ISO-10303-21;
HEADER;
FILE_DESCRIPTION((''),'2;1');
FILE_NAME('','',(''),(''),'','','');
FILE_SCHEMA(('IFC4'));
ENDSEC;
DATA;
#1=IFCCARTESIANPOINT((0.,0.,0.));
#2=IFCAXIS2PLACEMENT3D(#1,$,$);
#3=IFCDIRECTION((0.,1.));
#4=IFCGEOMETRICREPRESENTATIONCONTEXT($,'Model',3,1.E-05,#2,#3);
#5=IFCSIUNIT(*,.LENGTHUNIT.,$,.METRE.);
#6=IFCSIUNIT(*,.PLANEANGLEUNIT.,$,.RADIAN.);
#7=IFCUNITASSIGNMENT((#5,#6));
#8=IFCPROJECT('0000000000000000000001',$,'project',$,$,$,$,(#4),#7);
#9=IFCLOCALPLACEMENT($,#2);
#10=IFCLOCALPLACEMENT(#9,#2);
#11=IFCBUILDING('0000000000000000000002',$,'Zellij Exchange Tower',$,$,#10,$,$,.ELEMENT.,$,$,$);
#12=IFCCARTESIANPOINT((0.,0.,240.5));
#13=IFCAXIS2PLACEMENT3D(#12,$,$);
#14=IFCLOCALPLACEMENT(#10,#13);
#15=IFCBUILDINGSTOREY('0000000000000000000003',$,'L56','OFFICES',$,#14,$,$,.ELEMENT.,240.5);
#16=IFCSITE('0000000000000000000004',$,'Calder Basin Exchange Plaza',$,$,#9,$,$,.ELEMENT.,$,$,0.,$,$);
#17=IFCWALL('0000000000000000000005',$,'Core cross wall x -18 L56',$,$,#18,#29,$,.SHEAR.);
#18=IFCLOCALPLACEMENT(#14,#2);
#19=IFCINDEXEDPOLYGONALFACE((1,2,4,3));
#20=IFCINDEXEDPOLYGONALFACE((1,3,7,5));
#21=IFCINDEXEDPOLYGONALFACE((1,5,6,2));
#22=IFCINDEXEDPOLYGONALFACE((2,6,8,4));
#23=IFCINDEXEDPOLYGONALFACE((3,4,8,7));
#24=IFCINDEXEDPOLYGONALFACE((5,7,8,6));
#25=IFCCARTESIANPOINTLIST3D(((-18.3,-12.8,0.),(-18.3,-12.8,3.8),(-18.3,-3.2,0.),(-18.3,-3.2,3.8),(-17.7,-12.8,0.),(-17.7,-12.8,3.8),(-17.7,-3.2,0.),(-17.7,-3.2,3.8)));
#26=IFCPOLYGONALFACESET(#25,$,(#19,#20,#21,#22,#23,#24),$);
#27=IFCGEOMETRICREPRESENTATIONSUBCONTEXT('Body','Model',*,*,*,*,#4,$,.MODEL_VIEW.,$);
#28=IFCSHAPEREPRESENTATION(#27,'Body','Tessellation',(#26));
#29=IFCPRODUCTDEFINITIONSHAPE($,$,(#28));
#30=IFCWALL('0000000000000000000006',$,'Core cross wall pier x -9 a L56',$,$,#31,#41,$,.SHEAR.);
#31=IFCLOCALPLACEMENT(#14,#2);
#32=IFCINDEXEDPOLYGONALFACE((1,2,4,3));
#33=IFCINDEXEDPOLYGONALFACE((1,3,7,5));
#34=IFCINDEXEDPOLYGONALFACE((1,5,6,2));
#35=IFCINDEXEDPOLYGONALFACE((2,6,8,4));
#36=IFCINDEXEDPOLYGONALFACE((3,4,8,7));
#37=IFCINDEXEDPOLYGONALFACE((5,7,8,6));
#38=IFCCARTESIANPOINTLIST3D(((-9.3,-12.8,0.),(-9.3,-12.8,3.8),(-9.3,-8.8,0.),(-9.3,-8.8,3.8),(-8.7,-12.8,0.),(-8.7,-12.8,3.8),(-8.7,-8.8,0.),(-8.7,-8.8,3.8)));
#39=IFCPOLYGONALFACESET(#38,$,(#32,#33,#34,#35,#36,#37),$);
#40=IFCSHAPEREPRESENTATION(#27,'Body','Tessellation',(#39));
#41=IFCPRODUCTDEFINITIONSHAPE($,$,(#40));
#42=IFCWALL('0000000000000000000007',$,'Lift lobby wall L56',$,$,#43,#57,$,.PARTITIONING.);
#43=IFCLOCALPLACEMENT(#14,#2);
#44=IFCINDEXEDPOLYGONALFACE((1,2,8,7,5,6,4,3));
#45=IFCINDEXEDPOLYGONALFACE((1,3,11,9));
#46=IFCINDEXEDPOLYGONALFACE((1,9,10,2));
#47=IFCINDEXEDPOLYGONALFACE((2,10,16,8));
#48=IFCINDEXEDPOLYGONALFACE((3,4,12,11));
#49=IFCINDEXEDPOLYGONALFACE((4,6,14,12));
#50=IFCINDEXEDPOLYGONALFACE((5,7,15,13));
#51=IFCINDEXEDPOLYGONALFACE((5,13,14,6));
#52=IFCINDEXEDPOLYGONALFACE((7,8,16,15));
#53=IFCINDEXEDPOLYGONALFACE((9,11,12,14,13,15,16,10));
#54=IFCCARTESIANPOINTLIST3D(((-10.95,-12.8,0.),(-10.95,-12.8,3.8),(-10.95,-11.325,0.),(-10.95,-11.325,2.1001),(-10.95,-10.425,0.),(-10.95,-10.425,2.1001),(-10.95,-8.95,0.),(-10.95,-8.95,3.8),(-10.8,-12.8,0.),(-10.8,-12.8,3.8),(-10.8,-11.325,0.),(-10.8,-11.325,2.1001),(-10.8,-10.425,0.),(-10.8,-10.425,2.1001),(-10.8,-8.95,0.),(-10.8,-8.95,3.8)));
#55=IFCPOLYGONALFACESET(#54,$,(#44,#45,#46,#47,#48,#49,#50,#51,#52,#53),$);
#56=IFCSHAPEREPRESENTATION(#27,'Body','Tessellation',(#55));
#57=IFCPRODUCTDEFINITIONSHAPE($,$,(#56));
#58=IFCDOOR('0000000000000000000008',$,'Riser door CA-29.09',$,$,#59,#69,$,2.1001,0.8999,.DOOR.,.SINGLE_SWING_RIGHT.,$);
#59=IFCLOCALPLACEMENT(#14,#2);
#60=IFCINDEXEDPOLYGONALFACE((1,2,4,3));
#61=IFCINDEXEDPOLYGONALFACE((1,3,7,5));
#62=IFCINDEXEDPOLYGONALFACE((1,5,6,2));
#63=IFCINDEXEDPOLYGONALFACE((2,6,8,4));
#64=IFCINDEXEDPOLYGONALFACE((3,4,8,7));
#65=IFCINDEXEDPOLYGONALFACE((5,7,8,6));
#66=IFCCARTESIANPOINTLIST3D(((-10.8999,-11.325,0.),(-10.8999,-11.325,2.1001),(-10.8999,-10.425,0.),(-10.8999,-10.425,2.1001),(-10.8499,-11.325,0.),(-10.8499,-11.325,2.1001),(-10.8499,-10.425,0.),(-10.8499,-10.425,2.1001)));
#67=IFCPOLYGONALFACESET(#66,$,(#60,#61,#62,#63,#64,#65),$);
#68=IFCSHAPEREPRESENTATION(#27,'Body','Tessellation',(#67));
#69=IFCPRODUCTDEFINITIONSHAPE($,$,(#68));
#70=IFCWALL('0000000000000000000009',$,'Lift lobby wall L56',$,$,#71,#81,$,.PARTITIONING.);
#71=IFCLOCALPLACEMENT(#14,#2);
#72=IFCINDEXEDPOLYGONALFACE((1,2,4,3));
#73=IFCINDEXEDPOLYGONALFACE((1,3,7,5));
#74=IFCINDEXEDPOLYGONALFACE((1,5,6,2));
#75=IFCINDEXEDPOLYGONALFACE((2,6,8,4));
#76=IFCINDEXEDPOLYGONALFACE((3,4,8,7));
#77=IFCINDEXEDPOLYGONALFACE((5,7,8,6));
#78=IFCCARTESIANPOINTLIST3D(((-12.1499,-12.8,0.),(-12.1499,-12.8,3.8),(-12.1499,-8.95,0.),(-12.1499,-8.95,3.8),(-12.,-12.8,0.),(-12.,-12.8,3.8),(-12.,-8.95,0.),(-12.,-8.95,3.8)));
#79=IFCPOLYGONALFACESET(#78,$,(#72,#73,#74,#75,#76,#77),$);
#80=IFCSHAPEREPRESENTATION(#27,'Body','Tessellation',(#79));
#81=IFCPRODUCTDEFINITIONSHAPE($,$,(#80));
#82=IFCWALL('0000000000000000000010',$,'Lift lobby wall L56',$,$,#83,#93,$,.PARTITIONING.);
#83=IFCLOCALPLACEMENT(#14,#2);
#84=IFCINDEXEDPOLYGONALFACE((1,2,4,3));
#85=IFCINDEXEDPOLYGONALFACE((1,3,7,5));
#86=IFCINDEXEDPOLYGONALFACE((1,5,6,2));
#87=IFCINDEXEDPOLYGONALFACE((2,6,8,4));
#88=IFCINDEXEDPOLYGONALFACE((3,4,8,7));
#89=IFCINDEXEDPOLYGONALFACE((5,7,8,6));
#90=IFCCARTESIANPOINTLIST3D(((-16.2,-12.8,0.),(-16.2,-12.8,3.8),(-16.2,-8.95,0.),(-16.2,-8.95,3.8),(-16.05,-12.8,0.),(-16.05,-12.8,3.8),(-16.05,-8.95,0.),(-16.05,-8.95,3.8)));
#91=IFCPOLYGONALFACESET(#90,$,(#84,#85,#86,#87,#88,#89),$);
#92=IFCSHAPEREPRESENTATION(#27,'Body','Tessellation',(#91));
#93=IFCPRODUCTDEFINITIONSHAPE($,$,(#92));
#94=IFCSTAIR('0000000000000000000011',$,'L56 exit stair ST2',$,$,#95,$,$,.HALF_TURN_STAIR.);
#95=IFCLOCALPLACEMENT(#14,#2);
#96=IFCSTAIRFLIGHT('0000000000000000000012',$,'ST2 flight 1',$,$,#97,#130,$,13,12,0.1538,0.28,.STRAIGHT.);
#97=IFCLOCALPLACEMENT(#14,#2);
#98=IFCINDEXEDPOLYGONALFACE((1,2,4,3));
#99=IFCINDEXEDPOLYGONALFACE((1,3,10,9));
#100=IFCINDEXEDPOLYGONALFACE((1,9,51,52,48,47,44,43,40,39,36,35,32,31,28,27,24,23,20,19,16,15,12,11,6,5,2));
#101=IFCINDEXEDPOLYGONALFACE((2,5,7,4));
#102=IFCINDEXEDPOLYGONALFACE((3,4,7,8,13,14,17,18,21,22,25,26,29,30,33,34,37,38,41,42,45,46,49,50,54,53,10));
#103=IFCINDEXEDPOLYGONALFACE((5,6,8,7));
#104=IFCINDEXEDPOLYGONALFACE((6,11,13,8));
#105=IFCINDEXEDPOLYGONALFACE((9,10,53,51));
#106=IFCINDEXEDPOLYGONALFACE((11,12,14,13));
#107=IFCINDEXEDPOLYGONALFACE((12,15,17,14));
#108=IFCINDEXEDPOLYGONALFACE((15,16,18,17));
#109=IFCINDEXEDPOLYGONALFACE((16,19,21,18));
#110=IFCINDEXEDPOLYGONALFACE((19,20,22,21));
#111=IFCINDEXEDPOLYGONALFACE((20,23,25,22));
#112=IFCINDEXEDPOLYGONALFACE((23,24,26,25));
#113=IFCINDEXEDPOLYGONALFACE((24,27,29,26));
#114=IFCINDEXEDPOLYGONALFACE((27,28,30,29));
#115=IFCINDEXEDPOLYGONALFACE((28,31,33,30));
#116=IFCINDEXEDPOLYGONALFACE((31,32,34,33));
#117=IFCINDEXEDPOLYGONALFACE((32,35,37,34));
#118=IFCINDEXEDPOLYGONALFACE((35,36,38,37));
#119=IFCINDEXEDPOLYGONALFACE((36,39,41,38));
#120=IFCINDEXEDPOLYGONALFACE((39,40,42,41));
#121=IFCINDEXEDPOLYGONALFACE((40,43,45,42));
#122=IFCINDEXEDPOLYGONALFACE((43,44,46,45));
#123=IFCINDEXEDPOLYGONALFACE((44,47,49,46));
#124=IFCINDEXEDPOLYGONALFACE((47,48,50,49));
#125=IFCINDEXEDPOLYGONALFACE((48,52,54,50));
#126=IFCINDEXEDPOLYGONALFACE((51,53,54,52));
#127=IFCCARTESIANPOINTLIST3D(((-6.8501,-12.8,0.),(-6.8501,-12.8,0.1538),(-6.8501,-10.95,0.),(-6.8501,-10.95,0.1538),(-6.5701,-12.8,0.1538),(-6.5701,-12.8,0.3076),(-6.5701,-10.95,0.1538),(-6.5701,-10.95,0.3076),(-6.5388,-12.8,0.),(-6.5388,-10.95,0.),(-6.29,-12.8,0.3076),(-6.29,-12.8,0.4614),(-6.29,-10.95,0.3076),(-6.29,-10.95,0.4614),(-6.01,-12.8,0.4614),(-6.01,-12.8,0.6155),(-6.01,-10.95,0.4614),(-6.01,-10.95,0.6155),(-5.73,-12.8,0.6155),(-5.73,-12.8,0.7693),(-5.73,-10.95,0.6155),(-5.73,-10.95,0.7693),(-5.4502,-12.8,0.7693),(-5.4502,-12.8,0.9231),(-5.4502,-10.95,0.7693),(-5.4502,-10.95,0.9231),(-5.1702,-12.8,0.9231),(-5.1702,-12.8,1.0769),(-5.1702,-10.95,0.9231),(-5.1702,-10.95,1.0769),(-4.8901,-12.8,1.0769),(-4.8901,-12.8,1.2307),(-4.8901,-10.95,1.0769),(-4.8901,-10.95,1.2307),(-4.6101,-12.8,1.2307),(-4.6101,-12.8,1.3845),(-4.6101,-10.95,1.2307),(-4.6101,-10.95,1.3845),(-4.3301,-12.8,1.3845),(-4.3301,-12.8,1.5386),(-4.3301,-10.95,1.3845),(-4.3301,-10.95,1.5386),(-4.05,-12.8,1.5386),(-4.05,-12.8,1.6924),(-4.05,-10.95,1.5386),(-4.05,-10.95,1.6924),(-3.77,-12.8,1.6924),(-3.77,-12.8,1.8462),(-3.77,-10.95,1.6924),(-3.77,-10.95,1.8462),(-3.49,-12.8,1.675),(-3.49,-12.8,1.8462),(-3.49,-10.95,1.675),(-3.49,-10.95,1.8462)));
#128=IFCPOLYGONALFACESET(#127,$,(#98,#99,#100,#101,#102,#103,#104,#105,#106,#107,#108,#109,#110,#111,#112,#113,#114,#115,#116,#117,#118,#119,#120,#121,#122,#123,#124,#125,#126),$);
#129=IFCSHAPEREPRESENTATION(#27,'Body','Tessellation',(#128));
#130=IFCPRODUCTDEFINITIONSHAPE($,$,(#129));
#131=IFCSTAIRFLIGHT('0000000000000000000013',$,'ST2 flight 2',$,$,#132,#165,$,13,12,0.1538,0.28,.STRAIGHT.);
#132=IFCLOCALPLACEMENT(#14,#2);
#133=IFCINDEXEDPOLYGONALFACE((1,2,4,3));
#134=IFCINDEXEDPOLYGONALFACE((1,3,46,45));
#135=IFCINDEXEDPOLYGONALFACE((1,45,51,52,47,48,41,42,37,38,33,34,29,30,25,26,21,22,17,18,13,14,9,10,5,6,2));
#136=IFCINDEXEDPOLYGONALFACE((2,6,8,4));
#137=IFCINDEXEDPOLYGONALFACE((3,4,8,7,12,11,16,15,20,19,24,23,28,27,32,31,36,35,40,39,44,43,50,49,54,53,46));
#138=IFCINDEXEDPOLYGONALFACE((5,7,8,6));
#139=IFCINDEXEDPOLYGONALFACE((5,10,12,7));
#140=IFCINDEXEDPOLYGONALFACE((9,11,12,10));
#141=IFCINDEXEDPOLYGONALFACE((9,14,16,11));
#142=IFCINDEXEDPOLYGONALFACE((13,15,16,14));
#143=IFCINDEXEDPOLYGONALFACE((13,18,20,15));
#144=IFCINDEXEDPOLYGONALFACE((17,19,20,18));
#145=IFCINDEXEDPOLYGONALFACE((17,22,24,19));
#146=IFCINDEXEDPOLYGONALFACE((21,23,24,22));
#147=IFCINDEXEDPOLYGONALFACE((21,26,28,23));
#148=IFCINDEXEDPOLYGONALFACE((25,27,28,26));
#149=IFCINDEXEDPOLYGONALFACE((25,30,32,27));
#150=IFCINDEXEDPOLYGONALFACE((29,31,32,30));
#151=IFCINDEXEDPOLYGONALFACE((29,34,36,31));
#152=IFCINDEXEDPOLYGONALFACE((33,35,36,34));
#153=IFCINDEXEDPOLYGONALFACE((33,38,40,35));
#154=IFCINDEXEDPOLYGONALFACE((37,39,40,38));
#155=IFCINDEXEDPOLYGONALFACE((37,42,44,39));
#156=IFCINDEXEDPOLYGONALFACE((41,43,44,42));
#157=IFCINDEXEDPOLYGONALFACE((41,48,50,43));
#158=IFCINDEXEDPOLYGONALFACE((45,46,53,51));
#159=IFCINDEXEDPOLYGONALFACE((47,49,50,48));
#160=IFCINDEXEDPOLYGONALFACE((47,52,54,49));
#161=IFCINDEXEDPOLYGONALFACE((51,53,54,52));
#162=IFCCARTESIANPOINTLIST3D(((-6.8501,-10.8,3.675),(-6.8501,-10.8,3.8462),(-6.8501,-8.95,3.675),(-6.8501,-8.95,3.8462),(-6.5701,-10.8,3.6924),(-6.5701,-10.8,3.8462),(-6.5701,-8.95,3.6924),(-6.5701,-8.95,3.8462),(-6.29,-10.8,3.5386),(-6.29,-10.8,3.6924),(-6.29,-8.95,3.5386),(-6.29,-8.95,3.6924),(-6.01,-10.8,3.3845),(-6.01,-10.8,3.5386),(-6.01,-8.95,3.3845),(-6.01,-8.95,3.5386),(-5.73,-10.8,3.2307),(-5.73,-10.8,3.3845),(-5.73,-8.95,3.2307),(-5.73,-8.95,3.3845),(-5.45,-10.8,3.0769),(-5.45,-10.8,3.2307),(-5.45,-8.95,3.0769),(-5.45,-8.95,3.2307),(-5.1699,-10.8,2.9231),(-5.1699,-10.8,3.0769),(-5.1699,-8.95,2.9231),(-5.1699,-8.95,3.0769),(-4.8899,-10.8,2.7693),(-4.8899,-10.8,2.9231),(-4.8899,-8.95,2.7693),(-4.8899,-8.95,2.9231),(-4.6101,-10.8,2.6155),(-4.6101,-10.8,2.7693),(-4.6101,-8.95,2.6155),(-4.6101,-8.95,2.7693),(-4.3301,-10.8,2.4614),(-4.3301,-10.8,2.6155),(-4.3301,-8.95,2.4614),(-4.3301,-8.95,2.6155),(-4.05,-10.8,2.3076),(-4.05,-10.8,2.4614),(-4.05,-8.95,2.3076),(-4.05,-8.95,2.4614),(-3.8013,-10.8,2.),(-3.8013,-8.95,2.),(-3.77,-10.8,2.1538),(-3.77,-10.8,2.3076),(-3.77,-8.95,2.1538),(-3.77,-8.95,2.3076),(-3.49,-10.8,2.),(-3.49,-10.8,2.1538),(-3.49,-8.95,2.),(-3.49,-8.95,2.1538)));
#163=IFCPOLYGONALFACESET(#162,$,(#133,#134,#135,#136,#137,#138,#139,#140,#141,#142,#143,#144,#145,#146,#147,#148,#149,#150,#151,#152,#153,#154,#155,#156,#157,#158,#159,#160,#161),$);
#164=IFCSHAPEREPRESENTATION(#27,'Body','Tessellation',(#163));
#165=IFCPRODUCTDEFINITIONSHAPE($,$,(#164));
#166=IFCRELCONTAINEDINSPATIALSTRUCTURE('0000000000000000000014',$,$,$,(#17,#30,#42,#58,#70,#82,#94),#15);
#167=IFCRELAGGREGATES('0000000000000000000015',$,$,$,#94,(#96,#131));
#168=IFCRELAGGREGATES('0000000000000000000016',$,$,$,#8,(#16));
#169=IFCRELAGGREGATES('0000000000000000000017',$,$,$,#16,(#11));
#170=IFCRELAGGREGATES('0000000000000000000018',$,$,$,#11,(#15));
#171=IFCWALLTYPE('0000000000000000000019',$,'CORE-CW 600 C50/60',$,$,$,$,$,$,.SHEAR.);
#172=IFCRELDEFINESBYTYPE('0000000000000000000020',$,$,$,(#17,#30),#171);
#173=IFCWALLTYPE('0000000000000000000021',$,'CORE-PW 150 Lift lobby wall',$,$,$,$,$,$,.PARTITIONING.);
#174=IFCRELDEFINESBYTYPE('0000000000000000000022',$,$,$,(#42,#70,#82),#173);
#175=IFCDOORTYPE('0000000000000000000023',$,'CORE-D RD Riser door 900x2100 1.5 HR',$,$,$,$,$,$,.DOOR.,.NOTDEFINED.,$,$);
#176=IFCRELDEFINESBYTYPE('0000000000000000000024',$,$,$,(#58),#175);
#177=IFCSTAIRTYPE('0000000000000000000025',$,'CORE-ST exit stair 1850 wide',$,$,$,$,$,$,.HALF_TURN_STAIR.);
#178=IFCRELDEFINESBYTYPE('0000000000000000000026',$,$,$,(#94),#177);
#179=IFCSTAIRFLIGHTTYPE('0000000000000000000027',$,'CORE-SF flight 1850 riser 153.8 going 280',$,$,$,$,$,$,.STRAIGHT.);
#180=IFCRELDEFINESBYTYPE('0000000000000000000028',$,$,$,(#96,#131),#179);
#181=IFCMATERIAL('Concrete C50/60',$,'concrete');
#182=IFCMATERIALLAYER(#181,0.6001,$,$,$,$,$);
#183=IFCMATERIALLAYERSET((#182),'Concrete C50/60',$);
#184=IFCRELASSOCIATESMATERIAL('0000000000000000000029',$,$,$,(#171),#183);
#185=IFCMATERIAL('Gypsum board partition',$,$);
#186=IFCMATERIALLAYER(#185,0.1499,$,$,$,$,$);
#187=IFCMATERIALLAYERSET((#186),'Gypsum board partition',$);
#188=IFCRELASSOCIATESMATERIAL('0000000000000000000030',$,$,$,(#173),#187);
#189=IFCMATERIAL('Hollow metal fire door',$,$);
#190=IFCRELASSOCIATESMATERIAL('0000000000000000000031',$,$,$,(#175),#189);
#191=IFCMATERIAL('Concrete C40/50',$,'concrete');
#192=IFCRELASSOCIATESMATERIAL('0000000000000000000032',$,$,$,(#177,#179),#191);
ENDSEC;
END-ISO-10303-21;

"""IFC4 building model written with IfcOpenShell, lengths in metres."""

from ifc_helpers import new_model, si_unit, direction, frame, frame_2d, origin, place, context, subcontext, project, spatial, polyline, rectangle, outline, extrude, material, layer, layer_set, type_object, element, fill, aggregate, save


model = new_model("IFC4")

# Units and contexts
model_context = context("Model", 3, precision=1e-05, world=origin(), true_north=direction((0.0, 1.0)))
body_context = subcontext(model_context, "Body", "Model", "MODEL_VIEW")
ifc_project = project(units=[si_unit("LENGTHUNIT", "METRE"), si_unit("PLANEANGLEUNIT", "RADIAN")], contexts=[model_context])

# Site, building, storey
site_placement = place(None, origin())
site = spatial("IfcSite", under=ifc_project, at=site_placement, Name="Calder Basin Exchange Plaza", CompositionType="ELEMENT", RefElevation=0.0)
building_placement = place(site_placement, origin())
building = spatial("IfcBuilding", under=site, at=building_placement, Name="Zellij Exchange Tower", CompositionType="ELEMENT")
storey_placement = place(building_placement, frame((0.0, 0.0, 240.5)))
storey = spatial("IfcBuildingStorey", under=building, at=storey_placement, Name="L56", Description="OFFICES", CompositionType="ELEMENT", Elevation=240.5)

# Walls
ifc_material_1 = material(Name="Concrete C50/60", Category="concrete")
ifc_layer_1 = layer(ifc_material_1, 0.6001)
ifc_layer_set_1 = layer_set([ifc_layer_1], Name="Concrete C50/60")
wall_type_1 = type_object("IfcWallType", Name="CORE-CW 600 C50/60", PredefinedType="SHEAR", material=ifc_layer_set_1)
wall_1_placement = place(storey_placement, frame((-18.0, -12.8, 0.0), z_axis=(0.0, 0.0, 1.0), x_axis=(0.0, 1.0, 0.0)))
element("IfcWall", 1, at=wall_1_placement, inside=storey, type_object=wall_type_1, Name="Core cross wall x -18 L56", PredefinedType="SHEAR", context=body_context, shape_type="SweptSolid", body=[
    extrude(rectangle(XDim=9.6001, YDim=0.6001, at=frame_2d((4.8, 0.0))), origin(), (0.0, 0.0, 1.0), 3.8),
])
wall_2_placement = place(storey_placement, frame((-9.0, -12.8, 0.0), z_axis=(0.0, 0.0, 1.0), x_axis=(0.0, 1.0, 0.0)))
element("IfcWall", 2, at=wall_2_placement, inside=storey, type_object=wall_type_1, Name="Core cross wall pier x -9 a L56", PredefinedType="SHEAR", context=body_context, shape_type="SweptSolid", body=[
    extrude(rectangle(XDim=4.0, YDim=0.6001, at=frame_2d((2.0, 0.0))), origin(), (0.0, 0.0, 1.0), 3.8),
])

# Wall, opening, door
ifc_material_2 = material(Name="Gypsum board partition")
ifc_layer_2 = layer(ifc_material_2, 0.1499)
ifc_layer_set_2 = layer_set([ifc_layer_2], Name="Gypsum board partition")
wall_type_2 = type_object("IfcWallType", Name="CORE-PW 150 Lift lobby wall", PredefinedType="PARTITIONING", material=ifc_layer_set_2)
wall_3_placement = place(storey_placement, frame((-10.875, -12.8, 0.0), z_axis=(0.0, 0.0, 1.0), x_axis=(0.0, 1.0, 0.0)))
wall_3 = element("IfcWall", 3, at=wall_3_placement, inside=storey, type_object=wall_type_2, Name="Lift lobby wall L56", PredefinedType="PARTITIONING", context=body_context, shape_type="SweptSolid", body=[
    extrude(rectangle(XDim=3.8501, YDim=0.1499, at=frame_2d((1.925, 0.0))), origin(), (0.0, 0.0, 1.0), 3.8),
])
opening_placement = place(wall_3_placement, frame((1.4751, 0.0, 0.0)))
opening = element("IfcOpeningElement", 4, at=opening_placement, cuts=wall_3, PredefinedType="OPENING", context=body_context, shape_type="SweptSolid", body=[
    extrude(rectangle(XDim=0.8999, YDim=2.1001, at=frame_2d((0.45, 1.05))), frame((0.0, 0.0869, 0.0), z_axis=(0.0, -1.0, 0.0), x_axis=(1.0, 0.0, 0.0)), (0.0, 0.0, 1.0), 0.1738),
])
ifc_material_3 = material(Name="Hollow metal fire door")
door_type = type_object("IfcDoorType", Name="CORE-D RD Riser door 900x2100 1.5 HR", OperationType="NOTDEFINED", PredefinedType="DOOR", material=ifc_material_3)
door_placement = place(opening_placement, origin())
door = element("IfcDoor", 5, at=door_placement, inside=storey, type_object=door_type, Name="Riser door CA-29.09", OperationType="SINGLE_SWING_RIGHT", OverallHeight=2.1001, OverallWidth=0.8999, PredefinedType="DOOR", context=body_context, shape_type="SweptSolid", body=[
    extrude(rectangle(XDim=0.8999, YDim=2.1001, at=frame_2d((0.45, 1.05))), frame((0.0, 0.0249, 0.0), z_axis=(0.0, -1.0, 0.0), x_axis=(1.0, 0.0, 0.0)), (0.0, 0.0, 1.0), 0.05),
])
fill(opening, door)

# Walls
for number, where, z_axis, x_axis, name in (
    (6, (-12.075, -12.8, 0.0), (0.0, 0.0, 1.0), (0.0, 1.0, 0.0), "Lift lobby wall L56"),
    (7, (-16.125, -12.8, 0.0), (0.0, 0.0, 1.0), (0.0, 1.0, 0.0), "Lift lobby wall L56"),
):
    element("IfcWall", number, at=place(storey_placement, frame(where, z_axis=z_axis, x_axis=x_axis)), inside=storey, type_object=wall_type_2, Name=name, PredefinedType="PARTITIONING", context=body_context, shape_type="SweptSolid", body=[
        extrude(rectangle(XDim=3.8501, YDim=0.1499, at=frame_2d((1.925, 0.0))), origin(), (0.0, 0.0, 1.0), 3.8),
    ])

# Stair, stair flights
ifc_material_4 = material(Name="Concrete C40/50", Category="concrete")
stair_type = type_object("IfcStairType", Name="CORE-ST exit stair 1850 wide", PredefinedType="HALF_TURN_STAIR", material=ifc_material_4)
stair_placement = place(storey_placement, origin())
stair = element("IfcStair", 8, at=stair_placement, inside=storey, type_object=stair_type, Name="L56 exit stair ST2", PredefinedType="HALF_TURN_STAIR")
stair_flight_type = type_object("IfcStairFlightType", Name="CORE-SF flight 1850 riser 153.8 going 280", PredefinedType="STRAIGHT", material=ifc_material_4)
stair_flight_1_placement = place(storey_placement, frame((-6.8501, -11.875, 0.0), z_axis=(0.0, 0.0, 1.0), x_axis=(1.0, 0.0, 0.0)))
stair_flight_1 = element("IfcStairFlight", 9, at=stair_flight_1_placement, type_object=stair_flight_type, Name="ST2 flight 1", NumberOfRisers=13, NumberOfTreads=12, PredefinedType="STRAIGHT", RiserHeight=0.1538, TreadLength=0.28, context=body_context, shape_type="SweptSolid", body=[
    extrude(outline(polyline([(0.0, 0.0), (0.0, 0.1538), (0.28, 0.1538), (0.28, 0.3076), (0.5601, 0.3076), (0.5601, 0.4614), (0.8401, 0.4614), (0.8401, 0.6155), (1.1201, 0.6155), (1.1201, 0.7693), (1.3999, 0.7693), (1.3999, 0.9231), (1.6799, 0.9231), (1.6799, 1.0769), (1.96, 1.0769), (1.96, 1.2307), (2.24, 1.2307), (2.24, 1.3845), (2.52, 1.3845), (2.52, 1.5386), (2.8, 1.5386), (2.8, 1.6924), (3.0801, 1.6924), (3.0801, 1.8462), (3.3601, 1.8462), (3.3601, 2.0), (3.3601, 1.675), (0.3113, 0.0), (0.0, 0.0)])), frame((0.0, 0.925, 0.0), z_axis=(0.0, -1.0, 0.0), x_axis=(1.0, 0.0, 0.0)), (0.0, 0.0, 1.0), 1.8501),
])
stair_flight_2_placement = place(storey_placement, frame((-3.49, -9.875, 2.0), z_axis=(0.0, 0.0, 1.0), x_axis=(-1.0, 0.0, 0.0)))
stair_flight_2 = element("IfcStairFlight", 10, at=stair_flight_2_placement, type_object=stair_flight_type, Name="ST2 flight 2", NumberOfRisers=13, NumberOfTreads=12, PredefinedType="STRAIGHT", RiserHeight=0.1538, TreadLength=0.28, context=body_context, shape_type="SweptSolid", body=[
    extrude(outline(polyline([(0.0, 0.0), (0.0, 0.1538), (0.28, 0.1538), (0.28, 0.3076), (0.5601, 0.3076), (0.5601, 0.4614), (0.8401, 0.4614), (0.8401, 0.6155), (1.1201, 0.6155), (1.1201, 0.7693), (1.3999, 0.7693), (1.3999, 0.9231), (1.6799, 0.9231), (1.6799, 1.0769), (1.96, 1.0769), (1.96, 1.2307), (2.24, 1.2307), (2.24, 1.3845), (2.52, 1.3845), (2.52, 1.5386), (2.8, 1.5386), (2.8, 1.6924), (3.0801, 1.6924), (3.0801, 1.8462), (3.3601, 1.8462), (3.3601, 2.0), (3.3601, 1.675), (0.3113, 0.0), (0.0, 0.0)])), frame((0.0, 0.925, 0.0), z_axis=(0.0, -1.0, 0.0), x_axis=(1.0, 0.0, 0.0)), (0.0, 0.0, 1.0), 1.8501),
])
aggregate(stair, [stair_flight_1, stair_flight_2])

save(model, "model.ifc")
